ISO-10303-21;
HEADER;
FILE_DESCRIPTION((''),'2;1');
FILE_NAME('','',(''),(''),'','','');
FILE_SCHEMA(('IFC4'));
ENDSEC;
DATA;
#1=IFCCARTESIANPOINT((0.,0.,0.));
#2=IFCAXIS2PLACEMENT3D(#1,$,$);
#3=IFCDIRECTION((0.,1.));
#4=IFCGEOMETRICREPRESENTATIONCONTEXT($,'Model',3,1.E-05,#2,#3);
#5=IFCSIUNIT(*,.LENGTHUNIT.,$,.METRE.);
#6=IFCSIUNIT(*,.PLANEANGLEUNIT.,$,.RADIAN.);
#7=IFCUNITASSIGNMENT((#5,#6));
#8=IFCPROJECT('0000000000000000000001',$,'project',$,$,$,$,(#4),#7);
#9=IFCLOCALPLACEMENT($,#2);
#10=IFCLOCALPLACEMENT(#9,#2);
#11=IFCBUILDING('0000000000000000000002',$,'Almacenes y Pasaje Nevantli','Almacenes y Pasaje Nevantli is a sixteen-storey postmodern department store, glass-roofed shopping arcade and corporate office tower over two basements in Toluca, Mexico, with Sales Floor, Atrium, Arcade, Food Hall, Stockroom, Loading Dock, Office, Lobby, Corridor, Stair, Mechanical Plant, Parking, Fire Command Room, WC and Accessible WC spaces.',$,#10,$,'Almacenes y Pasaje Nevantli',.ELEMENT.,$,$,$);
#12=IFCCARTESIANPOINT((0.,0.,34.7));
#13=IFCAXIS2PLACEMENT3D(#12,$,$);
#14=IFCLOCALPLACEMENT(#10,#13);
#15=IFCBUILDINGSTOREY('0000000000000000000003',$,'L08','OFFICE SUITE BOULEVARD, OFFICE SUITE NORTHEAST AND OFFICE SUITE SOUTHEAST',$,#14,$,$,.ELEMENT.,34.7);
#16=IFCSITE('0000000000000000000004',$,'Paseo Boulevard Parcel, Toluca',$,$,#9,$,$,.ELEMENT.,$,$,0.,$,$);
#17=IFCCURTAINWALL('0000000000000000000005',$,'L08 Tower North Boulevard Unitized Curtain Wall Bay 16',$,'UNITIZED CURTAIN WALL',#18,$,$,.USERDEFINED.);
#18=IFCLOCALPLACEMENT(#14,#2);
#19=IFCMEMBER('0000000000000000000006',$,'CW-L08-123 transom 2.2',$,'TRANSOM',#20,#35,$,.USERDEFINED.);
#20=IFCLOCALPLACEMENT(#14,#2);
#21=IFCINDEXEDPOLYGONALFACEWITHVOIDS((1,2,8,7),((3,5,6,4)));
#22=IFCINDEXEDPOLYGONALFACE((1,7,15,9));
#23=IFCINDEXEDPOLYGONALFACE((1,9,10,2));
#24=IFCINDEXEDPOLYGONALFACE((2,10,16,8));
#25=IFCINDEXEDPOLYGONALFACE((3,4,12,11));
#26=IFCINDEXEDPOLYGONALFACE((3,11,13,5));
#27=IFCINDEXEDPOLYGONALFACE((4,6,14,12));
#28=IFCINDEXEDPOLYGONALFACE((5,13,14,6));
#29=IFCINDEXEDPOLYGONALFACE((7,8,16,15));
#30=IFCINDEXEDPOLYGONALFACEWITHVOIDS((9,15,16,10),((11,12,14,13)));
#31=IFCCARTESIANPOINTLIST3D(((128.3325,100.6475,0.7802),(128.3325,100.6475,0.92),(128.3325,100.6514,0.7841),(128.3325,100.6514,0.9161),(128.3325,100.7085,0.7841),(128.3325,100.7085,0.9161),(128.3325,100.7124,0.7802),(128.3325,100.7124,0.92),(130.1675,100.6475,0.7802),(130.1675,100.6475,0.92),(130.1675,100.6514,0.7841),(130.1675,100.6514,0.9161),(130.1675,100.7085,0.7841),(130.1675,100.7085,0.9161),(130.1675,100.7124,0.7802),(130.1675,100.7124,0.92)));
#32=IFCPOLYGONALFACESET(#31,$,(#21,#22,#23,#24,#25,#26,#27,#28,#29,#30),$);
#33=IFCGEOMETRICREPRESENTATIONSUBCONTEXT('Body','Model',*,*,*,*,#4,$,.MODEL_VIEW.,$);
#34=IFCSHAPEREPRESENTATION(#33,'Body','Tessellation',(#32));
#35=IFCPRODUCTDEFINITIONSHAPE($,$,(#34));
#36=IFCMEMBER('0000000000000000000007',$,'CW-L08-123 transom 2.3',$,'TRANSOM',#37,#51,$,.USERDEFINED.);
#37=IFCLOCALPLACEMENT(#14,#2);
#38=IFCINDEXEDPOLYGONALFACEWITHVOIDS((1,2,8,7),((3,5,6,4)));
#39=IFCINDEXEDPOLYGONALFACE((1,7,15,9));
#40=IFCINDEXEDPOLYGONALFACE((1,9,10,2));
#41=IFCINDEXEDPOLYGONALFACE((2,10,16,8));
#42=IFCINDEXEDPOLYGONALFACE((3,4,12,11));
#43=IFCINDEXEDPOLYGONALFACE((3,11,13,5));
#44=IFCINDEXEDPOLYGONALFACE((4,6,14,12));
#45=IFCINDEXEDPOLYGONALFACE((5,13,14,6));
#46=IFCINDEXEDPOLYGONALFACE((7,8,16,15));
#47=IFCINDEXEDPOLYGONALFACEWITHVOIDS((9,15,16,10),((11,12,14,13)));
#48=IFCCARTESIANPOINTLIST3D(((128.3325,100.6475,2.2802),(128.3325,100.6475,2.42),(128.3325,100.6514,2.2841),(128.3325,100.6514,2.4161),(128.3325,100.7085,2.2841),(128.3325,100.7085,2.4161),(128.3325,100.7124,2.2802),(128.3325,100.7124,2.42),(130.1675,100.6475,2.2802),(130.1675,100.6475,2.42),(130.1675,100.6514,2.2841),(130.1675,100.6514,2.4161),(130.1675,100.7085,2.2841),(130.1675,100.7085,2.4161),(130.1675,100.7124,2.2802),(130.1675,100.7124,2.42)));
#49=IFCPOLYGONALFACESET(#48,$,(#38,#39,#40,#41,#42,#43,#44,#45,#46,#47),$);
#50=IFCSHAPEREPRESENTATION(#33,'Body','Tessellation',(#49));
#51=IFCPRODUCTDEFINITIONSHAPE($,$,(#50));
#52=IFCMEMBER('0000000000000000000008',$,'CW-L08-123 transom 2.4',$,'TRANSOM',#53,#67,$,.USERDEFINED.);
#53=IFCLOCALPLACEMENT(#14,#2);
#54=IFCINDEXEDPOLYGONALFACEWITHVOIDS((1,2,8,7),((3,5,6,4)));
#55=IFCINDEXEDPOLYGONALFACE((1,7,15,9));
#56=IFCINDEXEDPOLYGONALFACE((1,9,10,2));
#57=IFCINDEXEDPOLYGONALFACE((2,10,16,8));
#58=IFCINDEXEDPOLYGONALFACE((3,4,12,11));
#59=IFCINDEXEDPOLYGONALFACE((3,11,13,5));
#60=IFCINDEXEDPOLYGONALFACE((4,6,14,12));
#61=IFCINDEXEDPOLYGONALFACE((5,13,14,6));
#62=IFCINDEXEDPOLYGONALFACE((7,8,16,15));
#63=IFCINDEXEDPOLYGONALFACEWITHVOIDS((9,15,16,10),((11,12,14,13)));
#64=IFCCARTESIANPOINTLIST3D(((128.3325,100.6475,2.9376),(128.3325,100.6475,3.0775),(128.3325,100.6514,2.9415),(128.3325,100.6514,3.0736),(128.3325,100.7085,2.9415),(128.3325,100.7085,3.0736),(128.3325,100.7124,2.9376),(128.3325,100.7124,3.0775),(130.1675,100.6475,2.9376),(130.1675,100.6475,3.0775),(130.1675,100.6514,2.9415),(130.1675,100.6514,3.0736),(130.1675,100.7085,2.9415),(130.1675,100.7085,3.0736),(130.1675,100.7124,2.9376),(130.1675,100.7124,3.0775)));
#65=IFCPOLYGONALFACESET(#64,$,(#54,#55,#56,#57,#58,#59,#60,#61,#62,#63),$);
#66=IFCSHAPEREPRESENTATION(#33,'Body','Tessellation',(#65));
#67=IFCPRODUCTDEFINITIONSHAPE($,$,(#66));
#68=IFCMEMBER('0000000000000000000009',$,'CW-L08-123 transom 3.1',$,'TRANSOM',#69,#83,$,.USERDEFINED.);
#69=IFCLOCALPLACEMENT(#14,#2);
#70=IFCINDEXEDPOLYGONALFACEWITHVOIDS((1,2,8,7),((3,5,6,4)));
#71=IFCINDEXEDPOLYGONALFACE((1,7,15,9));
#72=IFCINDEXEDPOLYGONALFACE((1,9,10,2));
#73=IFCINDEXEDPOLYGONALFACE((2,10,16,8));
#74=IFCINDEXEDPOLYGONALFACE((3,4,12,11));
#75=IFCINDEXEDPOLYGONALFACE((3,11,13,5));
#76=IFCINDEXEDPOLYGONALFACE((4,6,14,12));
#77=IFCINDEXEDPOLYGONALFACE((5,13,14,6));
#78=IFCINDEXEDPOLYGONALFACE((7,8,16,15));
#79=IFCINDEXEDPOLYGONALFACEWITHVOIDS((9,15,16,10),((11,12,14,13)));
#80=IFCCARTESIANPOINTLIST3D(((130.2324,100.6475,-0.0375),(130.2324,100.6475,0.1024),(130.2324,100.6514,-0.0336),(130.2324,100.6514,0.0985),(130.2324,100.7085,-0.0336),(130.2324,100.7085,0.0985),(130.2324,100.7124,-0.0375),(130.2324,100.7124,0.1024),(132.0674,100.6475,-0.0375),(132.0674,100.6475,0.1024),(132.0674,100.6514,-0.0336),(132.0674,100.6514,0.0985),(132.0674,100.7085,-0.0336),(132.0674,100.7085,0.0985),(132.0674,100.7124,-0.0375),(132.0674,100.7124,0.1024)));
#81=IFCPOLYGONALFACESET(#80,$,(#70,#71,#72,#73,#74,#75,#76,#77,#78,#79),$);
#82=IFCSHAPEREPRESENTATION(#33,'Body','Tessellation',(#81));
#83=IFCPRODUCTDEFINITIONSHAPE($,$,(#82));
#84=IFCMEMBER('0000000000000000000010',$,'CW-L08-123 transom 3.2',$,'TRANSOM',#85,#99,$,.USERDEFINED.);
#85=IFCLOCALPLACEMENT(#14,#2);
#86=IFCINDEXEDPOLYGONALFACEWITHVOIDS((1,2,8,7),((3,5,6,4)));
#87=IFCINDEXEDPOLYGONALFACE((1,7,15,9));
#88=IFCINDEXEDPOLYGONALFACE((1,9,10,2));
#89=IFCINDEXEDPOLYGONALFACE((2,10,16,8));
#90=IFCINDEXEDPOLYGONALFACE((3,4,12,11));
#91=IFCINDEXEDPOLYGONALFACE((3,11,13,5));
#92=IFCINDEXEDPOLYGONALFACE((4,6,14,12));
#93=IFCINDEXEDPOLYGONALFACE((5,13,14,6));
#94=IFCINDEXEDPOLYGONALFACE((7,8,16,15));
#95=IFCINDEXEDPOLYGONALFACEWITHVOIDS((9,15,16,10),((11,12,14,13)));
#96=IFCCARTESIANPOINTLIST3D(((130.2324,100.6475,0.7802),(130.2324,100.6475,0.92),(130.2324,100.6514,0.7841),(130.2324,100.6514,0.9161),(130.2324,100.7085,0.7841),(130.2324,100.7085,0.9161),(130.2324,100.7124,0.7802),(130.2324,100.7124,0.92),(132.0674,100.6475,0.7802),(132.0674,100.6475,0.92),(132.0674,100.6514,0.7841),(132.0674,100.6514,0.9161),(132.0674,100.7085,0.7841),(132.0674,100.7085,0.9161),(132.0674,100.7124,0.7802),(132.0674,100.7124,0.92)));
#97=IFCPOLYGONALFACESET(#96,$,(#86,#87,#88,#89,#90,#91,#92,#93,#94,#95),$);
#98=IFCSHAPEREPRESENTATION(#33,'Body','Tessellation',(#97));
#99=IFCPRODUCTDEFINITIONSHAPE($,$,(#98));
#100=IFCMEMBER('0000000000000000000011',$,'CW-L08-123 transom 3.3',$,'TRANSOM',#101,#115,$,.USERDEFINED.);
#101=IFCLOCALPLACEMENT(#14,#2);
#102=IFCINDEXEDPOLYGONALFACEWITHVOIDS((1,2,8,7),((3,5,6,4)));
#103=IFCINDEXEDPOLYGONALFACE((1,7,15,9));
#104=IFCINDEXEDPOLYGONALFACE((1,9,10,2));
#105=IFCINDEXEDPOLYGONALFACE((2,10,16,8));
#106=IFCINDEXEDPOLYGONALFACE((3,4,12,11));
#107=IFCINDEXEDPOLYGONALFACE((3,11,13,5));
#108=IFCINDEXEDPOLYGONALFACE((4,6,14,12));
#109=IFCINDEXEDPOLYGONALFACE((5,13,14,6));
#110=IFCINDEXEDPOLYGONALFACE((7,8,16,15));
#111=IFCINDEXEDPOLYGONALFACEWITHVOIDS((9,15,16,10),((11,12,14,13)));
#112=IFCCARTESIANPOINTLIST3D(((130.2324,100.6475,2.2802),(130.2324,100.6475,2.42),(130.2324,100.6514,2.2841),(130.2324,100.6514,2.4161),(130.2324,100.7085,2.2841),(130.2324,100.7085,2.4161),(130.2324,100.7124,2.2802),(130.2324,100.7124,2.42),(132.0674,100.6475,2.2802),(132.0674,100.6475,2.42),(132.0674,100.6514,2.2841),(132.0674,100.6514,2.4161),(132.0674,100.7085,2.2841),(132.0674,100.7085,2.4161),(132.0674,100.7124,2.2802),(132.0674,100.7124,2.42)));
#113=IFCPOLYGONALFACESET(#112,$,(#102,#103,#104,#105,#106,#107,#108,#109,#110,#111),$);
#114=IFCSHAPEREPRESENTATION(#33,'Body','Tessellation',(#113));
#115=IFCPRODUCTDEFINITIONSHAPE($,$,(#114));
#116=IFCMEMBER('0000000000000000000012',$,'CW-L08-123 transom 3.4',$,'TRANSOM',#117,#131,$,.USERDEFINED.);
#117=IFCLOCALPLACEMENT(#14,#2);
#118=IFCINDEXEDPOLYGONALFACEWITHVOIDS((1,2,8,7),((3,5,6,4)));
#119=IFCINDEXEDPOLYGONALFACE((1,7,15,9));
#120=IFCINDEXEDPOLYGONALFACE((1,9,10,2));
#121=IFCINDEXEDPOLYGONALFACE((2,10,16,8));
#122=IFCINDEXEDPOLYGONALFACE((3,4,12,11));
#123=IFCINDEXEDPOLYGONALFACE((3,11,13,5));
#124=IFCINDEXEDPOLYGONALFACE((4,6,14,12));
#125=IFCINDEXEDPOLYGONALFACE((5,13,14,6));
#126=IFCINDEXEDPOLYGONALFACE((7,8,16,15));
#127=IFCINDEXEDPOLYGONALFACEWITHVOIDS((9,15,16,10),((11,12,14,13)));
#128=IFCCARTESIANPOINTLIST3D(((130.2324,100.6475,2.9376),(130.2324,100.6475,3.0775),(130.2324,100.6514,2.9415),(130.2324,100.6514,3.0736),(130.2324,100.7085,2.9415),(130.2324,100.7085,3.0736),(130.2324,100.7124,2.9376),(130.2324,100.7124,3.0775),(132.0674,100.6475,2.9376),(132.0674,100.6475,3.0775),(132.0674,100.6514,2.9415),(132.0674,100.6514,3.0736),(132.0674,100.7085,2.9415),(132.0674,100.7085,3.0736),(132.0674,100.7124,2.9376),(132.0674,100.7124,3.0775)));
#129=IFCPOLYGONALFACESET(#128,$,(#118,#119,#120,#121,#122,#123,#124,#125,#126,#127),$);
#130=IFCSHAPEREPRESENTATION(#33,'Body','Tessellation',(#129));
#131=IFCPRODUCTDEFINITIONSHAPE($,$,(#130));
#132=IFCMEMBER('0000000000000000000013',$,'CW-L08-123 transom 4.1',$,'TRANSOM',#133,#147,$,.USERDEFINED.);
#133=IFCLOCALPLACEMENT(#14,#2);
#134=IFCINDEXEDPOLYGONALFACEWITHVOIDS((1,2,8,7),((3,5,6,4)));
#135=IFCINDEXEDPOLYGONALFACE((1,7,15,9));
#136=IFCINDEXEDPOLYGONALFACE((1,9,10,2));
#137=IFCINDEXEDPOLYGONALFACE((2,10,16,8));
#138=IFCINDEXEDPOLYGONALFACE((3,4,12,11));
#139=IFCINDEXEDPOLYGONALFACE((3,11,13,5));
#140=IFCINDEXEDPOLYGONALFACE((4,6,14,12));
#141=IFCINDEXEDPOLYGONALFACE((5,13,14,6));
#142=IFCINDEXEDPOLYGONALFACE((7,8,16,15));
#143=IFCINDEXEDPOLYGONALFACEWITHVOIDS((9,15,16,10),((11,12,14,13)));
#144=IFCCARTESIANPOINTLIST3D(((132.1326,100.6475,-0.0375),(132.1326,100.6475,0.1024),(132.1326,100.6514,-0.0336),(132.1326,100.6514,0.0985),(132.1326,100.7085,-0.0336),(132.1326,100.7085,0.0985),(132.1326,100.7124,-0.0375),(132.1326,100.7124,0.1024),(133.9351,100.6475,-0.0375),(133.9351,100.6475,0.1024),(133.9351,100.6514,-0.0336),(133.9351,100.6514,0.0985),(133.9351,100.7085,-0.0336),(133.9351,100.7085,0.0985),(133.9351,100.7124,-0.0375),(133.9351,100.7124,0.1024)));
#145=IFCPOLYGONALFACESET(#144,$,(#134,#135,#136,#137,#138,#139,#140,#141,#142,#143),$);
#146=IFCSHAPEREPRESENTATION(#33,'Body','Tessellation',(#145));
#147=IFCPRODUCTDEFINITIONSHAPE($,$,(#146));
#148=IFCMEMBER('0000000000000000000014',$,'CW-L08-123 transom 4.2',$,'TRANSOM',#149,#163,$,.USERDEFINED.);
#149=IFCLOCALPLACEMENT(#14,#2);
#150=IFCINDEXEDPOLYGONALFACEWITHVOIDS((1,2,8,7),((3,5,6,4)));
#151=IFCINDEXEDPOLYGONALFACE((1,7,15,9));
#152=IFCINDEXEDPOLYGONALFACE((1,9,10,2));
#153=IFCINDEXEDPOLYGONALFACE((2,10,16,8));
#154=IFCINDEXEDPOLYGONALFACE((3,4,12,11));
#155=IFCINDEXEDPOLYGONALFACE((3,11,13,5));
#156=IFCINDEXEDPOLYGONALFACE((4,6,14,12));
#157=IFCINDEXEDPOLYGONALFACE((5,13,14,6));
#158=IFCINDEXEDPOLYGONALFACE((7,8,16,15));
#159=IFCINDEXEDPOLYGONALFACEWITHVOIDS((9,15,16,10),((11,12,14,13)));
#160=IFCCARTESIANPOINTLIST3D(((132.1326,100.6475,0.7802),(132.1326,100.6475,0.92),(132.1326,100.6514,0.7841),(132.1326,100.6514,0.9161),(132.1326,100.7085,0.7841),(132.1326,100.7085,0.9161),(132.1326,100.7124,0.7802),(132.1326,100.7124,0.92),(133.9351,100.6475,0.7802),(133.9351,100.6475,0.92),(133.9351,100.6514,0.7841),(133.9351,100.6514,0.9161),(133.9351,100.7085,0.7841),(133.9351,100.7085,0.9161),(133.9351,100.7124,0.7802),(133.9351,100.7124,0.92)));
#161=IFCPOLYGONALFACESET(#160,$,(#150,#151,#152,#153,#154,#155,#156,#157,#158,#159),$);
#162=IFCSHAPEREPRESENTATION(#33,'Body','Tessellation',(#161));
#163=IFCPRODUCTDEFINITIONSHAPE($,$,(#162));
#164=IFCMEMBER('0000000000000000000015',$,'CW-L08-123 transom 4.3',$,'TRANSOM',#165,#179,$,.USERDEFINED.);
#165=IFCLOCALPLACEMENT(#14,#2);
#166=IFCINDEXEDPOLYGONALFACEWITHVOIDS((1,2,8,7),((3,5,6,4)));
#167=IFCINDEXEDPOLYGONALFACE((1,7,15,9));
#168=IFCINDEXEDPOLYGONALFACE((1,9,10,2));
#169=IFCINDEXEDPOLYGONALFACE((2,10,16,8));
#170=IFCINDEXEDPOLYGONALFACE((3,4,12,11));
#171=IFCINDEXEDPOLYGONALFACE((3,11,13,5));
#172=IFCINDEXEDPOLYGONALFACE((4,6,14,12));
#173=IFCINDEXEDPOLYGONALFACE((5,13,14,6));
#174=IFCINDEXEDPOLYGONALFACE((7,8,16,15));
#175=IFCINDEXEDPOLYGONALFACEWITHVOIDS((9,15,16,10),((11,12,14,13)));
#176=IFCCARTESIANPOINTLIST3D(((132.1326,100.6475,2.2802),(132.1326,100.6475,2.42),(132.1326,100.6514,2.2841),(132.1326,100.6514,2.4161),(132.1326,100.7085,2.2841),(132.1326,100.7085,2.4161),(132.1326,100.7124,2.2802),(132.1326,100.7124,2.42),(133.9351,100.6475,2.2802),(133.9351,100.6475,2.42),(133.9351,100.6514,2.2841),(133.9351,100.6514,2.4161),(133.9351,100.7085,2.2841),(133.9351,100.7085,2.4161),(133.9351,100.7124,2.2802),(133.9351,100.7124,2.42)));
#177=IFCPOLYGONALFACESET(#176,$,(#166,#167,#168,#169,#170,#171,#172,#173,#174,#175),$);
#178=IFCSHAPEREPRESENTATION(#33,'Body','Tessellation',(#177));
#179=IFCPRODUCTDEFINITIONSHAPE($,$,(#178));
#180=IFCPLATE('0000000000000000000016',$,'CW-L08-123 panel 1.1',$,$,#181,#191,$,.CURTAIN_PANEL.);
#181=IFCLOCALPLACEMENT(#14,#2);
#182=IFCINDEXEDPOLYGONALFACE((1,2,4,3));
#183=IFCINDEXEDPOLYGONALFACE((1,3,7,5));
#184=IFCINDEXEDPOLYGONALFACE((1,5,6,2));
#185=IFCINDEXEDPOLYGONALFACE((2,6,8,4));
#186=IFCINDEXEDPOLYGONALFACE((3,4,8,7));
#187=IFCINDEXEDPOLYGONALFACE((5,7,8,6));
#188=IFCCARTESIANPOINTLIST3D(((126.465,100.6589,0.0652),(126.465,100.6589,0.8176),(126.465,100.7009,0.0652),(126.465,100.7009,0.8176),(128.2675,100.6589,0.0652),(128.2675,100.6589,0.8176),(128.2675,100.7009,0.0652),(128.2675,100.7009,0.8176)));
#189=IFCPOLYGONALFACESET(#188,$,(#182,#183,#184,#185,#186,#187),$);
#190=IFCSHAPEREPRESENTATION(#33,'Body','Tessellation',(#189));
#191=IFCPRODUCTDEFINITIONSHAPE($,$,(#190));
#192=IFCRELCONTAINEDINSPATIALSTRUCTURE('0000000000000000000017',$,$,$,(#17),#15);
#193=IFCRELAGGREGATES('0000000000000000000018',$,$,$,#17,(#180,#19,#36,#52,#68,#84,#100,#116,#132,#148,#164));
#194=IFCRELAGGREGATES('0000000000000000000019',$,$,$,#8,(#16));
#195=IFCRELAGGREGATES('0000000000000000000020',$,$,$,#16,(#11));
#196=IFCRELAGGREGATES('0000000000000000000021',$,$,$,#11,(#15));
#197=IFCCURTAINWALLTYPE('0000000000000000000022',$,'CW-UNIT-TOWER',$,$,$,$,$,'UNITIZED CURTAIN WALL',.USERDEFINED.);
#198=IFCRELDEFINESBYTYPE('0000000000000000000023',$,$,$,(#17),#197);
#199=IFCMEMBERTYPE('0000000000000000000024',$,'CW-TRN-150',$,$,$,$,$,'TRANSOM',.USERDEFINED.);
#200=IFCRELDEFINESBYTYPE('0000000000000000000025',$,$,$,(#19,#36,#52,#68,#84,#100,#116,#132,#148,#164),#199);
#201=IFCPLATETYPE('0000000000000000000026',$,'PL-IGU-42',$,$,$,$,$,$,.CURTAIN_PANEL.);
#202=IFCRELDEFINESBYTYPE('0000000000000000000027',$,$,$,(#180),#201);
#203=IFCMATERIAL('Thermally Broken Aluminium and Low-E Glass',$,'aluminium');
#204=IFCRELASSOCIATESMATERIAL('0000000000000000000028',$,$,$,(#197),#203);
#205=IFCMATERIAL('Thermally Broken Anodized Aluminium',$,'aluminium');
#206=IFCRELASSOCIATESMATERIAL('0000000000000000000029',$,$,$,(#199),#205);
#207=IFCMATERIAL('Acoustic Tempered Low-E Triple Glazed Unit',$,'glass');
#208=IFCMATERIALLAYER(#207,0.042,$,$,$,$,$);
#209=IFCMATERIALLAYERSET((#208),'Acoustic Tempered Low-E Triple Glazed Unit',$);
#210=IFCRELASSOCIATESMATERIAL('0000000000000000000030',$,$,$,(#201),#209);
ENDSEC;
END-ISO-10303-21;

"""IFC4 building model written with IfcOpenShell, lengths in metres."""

from ifc_helpers import new_model, si_unit, direction, frame, origin, origin_2d, place, context, subcontext, project, spatial, rectangle, hollow_rectangle, extrude, material, layer, layer_set, material_profile, profile_set, type_object, element, aggregate, save


model = new_model("IFC4")

# Units and contexts
model_context = context("Model", 3, precision=1e-05, world=origin(), true_north=direction((0.0, 1.0)))
body_context = subcontext(model_context, "Body", "Model", "MODEL_VIEW")
ifc_project = project(units=[si_unit("LENGTHUNIT", "METRE"), si_unit("PLANEANGLEUNIT", "RADIAN")], contexts=[model_context])

# Site, building, storey
site_placement = place(None, origin())
site = spatial("IfcSite", under=ifc_project, at=site_placement, Name="Paseo Boulevard Parcel, Toluca", CompositionType="ELEMENT", RefElevation=0.0)
building_placement = place(site_placement, origin())
building = spatial("IfcBuilding", under=site, at=building_placement, Name="Almacenes y Pasaje Nevantli", Description="Almacenes y Pasaje Nevantli is a sixteen-storey postmodern department store, glass-roofed shopping arcade and corporate office tower over two basements in Toluca, Mexico, with Sales Floor, Atrium, Arcade, Food Hall, Stockroom, Loading Dock, Office, Lobby, Corridor, Stair, Mechanical Plant, Parking, Fire Command Room, WC and Accessible WC spaces.", LongName="Almacenes y Pasaje Nevantli", CompositionType="ELEMENT")
storey_placement = place(building_placement, frame((0.0, 0.0, 34.7)))
storey = spatial("IfcBuildingStorey", under=building, at=storey_placement, Name="L08", Description="OFFICE SUITE BOULEVARD, OFFICE SUITE NORTHEAST AND OFFICE SUITE SOUTHEAST", CompositionType="ELEMENT", Elevation=34.7)

# Curtain wall, members, plate
ifc_material_1 = material(Name="Thermally Broken Aluminium and Low-E Glass", Category="aluminium")
curtain_wall_type = type_object("IfcCurtainWallType", Name="CW-UNIT-TOWER", ElementType="UNITIZED CURTAIN WALL", PredefinedType="USERDEFINED", material=ifc_material_1)
curtain_wall_placement = place(storey_placement, origin())
curtain_wall = element("IfcCurtainWall", 1, at=curtain_wall_placement, inside=storey, type_object=curtain_wall_type, Name="L08 Tower North Boulevard Unitized Curtain Wall Bay 16", ObjectType="UNITIZED CURTAIN WALL", PredefinedType="USERDEFINED")
ifc_material_2 = material(Name="Thermally Broken Anodized Aluminium", Category="aluminium")
ifc_material_profile_1 = material_profile(ifc_material_2, hollow_rectangle(XDim=0.0649, YDim=0.1399, WallThickness=0.0039, at=origin_2d()), Name="ALU-TRN-65x140")
ifc_profile_set_1 = profile_set([ifc_material_profile_1], Name="Thermally Broken Anodized Aluminium")
member_type_1 = type_object("IfcMemberType", Name="CW-TRN-150", ElementType="TRANSOM", PredefinedType="USERDEFINED", material=ifc_profile_set_1)
member_1_placement = place(storey_placement, frame((128.3325, 100.6799, 0.8501), z_axis=(1.0, 0.0, 0.0), x_axis=(0.0, 1.0, 0.0)))
member_1 = element("IfcMember", 2, at=member_1_placement, type_object=member_type_1, Name="CW-L08-123 transom 2.2", ObjectType="TRANSOM", PredefinedType="USERDEFINED", context=body_context, shape_type="SweptSolid", body=[
    extrude(hollow_rectangle(XDim=0.0649, YDim=0.1399, WallThickness=0.0039, at=origin_2d()), origin(), (0.0, 0.0, 1.0), 1.835),
])
member_2_placement = place(storey_placement, frame((128.3325, 100.6799, 2.3501), z_axis=(1.0, 0.0, 0.0), x_axis=(0.0, 1.0, 0.0)))
member_2 = element("IfcMember", 3, at=member_2_placement, type_object=member_type_1, Name="CW-L08-123 transom 2.3", ObjectType="TRANSOM", PredefinedType="USERDEFINED", context=body_context, shape_type="SweptSolid", body=[
    extrude(hollow_rectangle(XDim=0.0649, YDim=0.1399, WallThickness=0.0039, at=origin_2d()), origin(), (0.0, 0.0, 1.0), 1.835),
])
member_3_placement = place(storey_placement, frame((128.3325, 100.6799, 3.0076), z_axis=(1.0, 0.0, 0.0), x_axis=(0.0, 1.0, 0.0)))
member_3 = element("IfcMember", 4, at=member_3_placement, type_object=member_type_1, Name="CW-L08-123 transom 2.4", ObjectType="TRANSOM", PredefinedType="USERDEFINED", context=body_context, shape_type="SweptSolid", body=[
    extrude(hollow_rectangle(XDim=0.0649, YDim=0.1399, WallThickness=0.0039, at=origin_2d()), origin(), (0.0, 0.0, 1.0), 1.835),
])
member_4_placement = place(storey_placement, frame((130.2324, 100.6799, 0.0325), z_axis=(1.0, 0.0, 0.0), x_axis=(0.0, 1.0, 0.0)))
member_4 = element("IfcMember", 5, at=member_4_placement, type_object=member_type_1, Name="CW-L08-123 transom 3.1", ObjectType="TRANSOM", PredefinedType="USERDEFINED", context=body_context, shape_type="SweptSolid", body=[
    extrude(hollow_rectangle(XDim=0.0649, YDim=0.1399, WallThickness=0.0039, at=origin_2d()), origin(), (0.0, 0.0, 1.0), 1.835),
])
member_5_placement = place(storey_placement, frame((130.2324, 100.6799, 0.8501), z_axis=(1.0, 0.0, 0.0), x_axis=(0.0, 1.0, 0.0)))
member_5 = element("IfcMember", 6, at=member_5_placement, type_object=member_type_1, Name="CW-L08-123 transom 3.2", ObjectType="TRANSOM", PredefinedType="USERDEFINED", context=body_context, shape_type="SweptSolid", body=[
    extrude(hollow_rectangle(XDim=0.0649, YDim=0.1399, WallThickness=0.0039, at=origin_2d()), origin(), (0.0, 0.0, 1.0), 1.835),
])
member_6_placement = place(storey_placement, frame((130.2324, 100.6799, 2.3501), z_axis=(1.0, 0.0, 0.0), x_axis=(0.0, 1.0, 0.0)))
member_6 = element("IfcMember", 7, at=member_6_placement, type_object=member_type_1, Name="CW-L08-123 transom 3.3", ObjectType="TRANSOM", PredefinedType="USERDEFINED", context=body_context, shape_type="SweptSolid", body=[
    extrude(hollow_rectangle(XDim=0.0649, YDim=0.1399, WallThickness=0.0039, at=origin_2d()), origin(), (0.0, 0.0, 1.0), 1.835),
])
member_7_placement = place(storey_placement, frame((130.2324, 100.6799, 3.0076), z_axis=(1.0, 0.0, 0.0), x_axis=(0.0, 1.0, 0.0)))
member_7 = element("IfcMember", 8, at=member_7_placement, type_object=member_type_1, Name="CW-L08-123 transom 3.4", ObjectType="TRANSOM", PredefinedType="USERDEFINED", context=body_context, shape_type="SweptSolid", body=[
    extrude(hollow_rectangle(XDim=0.0649, YDim=0.1399, WallThickness=0.0039, at=origin_2d()), origin(), (0.0, 0.0, 1.0), 1.835),
])
member_8_placement = place(storey_placement, frame((132.1326, 100.6799, 0.0325), z_axis=(1.0, 0.0, 0.0), x_axis=(0.0, 1.0, 0.0)))
member_8 = element("IfcMember", 9, at=member_8_placement, type_object=member_type_1, Name="CW-L08-123 transom 4.1", ObjectType="TRANSOM", PredefinedType="USERDEFINED", context=body_context, shape_type="SweptSolid", body=[
    extrude(hollow_rectangle(XDim=0.0649, YDim=0.1399, WallThickness=0.0039, at=origin_2d()), origin(), (0.0, 0.0, 1.0), 1.8025),
])
member_9_placement = place(storey_placement, frame((132.1326, 100.6799, 0.8501), z_axis=(1.0, 0.0, 0.0), x_axis=(0.0, 1.0, 0.0)))
member_9 = element("IfcMember", 10, at=member_9_placement, type_object=member_type_1, Name="CW-L08-123 transom 4.2", ObjectType="TRANSOM", PredefinedType="USERDEFINED", context=body_context, shape_type="SweptSolid", body=[
    extrude(hollow_rectangle(XDim=0.0649, YDim=0.1399, WallThickness=0.0039, at=origin_2d()), origin(), (0.0, 0.0, 1.0), 1.8025),
])
member_10_placement = place(storey_placement, frame((132.1326, 100.6799, 2.3501), z_axis=(1.0, 0.0, 0.0), x_axis=(0.0, 1.0, 0.0)))
member_10 = element("IfcMember", 11, at=member_10_placement, type_object=member_type_1, Name="CW-L08-123 transom 4.3", ObjectType="TRANSOM", PredefinedType="USERDEFINED", context=body_context, shape_type="SweptSolid", body=[
    extrude(hollow_rectangle(XDim=0.0649, YDim=0.1399, WallThickness=0.0039, at=origin_2d()), origin(), (0.0, 0.0, 1.0), 1.8025),
])
ifc_material_3 = material(Name="Acoustic Tempered Low-E Triple Glazed Unit", Category="glass")
ifc_layer = layer(ifc_material_3, 0.042)
ifc_layer_set = layer_set([ifc_layer], Name="Acoustic Tempered Low-E Triple Glazed Unit")
plate_type = type_object("IfcPlateType", Name="PL-IGU-42", PredefinedType="CURTAIN_PANEL", material=ifc_layer_set)
plate_1_placement = place(storey_placement, frame((127.3662, 100.6799, 0.0652), z_axis=(0.0, 0.0, 1.0), x_axis=(1.0, 0.0, 0.0)))
plate_1 = element("IfcPlate", 12, at=plate_1_placement, type_object=plate_type, Name="CW-L08-123 panel 1.1", PredefinedType="CURTAIN_PANEL", context=body_context, shape_type="SweptSolid", body=[
    extrude(rectangle(XDim=1.8025, YDim=0.042, at=origin_2d()), origin(), (0.0, 0.0, 1.0), 0.7524),
])
aggregate(curtain_wall, [plate_1, member_1, member_2, member_3, member_4, member_5, member_6, member_7, member_8, member_9, member_10])

save(model, "model.ifc")
